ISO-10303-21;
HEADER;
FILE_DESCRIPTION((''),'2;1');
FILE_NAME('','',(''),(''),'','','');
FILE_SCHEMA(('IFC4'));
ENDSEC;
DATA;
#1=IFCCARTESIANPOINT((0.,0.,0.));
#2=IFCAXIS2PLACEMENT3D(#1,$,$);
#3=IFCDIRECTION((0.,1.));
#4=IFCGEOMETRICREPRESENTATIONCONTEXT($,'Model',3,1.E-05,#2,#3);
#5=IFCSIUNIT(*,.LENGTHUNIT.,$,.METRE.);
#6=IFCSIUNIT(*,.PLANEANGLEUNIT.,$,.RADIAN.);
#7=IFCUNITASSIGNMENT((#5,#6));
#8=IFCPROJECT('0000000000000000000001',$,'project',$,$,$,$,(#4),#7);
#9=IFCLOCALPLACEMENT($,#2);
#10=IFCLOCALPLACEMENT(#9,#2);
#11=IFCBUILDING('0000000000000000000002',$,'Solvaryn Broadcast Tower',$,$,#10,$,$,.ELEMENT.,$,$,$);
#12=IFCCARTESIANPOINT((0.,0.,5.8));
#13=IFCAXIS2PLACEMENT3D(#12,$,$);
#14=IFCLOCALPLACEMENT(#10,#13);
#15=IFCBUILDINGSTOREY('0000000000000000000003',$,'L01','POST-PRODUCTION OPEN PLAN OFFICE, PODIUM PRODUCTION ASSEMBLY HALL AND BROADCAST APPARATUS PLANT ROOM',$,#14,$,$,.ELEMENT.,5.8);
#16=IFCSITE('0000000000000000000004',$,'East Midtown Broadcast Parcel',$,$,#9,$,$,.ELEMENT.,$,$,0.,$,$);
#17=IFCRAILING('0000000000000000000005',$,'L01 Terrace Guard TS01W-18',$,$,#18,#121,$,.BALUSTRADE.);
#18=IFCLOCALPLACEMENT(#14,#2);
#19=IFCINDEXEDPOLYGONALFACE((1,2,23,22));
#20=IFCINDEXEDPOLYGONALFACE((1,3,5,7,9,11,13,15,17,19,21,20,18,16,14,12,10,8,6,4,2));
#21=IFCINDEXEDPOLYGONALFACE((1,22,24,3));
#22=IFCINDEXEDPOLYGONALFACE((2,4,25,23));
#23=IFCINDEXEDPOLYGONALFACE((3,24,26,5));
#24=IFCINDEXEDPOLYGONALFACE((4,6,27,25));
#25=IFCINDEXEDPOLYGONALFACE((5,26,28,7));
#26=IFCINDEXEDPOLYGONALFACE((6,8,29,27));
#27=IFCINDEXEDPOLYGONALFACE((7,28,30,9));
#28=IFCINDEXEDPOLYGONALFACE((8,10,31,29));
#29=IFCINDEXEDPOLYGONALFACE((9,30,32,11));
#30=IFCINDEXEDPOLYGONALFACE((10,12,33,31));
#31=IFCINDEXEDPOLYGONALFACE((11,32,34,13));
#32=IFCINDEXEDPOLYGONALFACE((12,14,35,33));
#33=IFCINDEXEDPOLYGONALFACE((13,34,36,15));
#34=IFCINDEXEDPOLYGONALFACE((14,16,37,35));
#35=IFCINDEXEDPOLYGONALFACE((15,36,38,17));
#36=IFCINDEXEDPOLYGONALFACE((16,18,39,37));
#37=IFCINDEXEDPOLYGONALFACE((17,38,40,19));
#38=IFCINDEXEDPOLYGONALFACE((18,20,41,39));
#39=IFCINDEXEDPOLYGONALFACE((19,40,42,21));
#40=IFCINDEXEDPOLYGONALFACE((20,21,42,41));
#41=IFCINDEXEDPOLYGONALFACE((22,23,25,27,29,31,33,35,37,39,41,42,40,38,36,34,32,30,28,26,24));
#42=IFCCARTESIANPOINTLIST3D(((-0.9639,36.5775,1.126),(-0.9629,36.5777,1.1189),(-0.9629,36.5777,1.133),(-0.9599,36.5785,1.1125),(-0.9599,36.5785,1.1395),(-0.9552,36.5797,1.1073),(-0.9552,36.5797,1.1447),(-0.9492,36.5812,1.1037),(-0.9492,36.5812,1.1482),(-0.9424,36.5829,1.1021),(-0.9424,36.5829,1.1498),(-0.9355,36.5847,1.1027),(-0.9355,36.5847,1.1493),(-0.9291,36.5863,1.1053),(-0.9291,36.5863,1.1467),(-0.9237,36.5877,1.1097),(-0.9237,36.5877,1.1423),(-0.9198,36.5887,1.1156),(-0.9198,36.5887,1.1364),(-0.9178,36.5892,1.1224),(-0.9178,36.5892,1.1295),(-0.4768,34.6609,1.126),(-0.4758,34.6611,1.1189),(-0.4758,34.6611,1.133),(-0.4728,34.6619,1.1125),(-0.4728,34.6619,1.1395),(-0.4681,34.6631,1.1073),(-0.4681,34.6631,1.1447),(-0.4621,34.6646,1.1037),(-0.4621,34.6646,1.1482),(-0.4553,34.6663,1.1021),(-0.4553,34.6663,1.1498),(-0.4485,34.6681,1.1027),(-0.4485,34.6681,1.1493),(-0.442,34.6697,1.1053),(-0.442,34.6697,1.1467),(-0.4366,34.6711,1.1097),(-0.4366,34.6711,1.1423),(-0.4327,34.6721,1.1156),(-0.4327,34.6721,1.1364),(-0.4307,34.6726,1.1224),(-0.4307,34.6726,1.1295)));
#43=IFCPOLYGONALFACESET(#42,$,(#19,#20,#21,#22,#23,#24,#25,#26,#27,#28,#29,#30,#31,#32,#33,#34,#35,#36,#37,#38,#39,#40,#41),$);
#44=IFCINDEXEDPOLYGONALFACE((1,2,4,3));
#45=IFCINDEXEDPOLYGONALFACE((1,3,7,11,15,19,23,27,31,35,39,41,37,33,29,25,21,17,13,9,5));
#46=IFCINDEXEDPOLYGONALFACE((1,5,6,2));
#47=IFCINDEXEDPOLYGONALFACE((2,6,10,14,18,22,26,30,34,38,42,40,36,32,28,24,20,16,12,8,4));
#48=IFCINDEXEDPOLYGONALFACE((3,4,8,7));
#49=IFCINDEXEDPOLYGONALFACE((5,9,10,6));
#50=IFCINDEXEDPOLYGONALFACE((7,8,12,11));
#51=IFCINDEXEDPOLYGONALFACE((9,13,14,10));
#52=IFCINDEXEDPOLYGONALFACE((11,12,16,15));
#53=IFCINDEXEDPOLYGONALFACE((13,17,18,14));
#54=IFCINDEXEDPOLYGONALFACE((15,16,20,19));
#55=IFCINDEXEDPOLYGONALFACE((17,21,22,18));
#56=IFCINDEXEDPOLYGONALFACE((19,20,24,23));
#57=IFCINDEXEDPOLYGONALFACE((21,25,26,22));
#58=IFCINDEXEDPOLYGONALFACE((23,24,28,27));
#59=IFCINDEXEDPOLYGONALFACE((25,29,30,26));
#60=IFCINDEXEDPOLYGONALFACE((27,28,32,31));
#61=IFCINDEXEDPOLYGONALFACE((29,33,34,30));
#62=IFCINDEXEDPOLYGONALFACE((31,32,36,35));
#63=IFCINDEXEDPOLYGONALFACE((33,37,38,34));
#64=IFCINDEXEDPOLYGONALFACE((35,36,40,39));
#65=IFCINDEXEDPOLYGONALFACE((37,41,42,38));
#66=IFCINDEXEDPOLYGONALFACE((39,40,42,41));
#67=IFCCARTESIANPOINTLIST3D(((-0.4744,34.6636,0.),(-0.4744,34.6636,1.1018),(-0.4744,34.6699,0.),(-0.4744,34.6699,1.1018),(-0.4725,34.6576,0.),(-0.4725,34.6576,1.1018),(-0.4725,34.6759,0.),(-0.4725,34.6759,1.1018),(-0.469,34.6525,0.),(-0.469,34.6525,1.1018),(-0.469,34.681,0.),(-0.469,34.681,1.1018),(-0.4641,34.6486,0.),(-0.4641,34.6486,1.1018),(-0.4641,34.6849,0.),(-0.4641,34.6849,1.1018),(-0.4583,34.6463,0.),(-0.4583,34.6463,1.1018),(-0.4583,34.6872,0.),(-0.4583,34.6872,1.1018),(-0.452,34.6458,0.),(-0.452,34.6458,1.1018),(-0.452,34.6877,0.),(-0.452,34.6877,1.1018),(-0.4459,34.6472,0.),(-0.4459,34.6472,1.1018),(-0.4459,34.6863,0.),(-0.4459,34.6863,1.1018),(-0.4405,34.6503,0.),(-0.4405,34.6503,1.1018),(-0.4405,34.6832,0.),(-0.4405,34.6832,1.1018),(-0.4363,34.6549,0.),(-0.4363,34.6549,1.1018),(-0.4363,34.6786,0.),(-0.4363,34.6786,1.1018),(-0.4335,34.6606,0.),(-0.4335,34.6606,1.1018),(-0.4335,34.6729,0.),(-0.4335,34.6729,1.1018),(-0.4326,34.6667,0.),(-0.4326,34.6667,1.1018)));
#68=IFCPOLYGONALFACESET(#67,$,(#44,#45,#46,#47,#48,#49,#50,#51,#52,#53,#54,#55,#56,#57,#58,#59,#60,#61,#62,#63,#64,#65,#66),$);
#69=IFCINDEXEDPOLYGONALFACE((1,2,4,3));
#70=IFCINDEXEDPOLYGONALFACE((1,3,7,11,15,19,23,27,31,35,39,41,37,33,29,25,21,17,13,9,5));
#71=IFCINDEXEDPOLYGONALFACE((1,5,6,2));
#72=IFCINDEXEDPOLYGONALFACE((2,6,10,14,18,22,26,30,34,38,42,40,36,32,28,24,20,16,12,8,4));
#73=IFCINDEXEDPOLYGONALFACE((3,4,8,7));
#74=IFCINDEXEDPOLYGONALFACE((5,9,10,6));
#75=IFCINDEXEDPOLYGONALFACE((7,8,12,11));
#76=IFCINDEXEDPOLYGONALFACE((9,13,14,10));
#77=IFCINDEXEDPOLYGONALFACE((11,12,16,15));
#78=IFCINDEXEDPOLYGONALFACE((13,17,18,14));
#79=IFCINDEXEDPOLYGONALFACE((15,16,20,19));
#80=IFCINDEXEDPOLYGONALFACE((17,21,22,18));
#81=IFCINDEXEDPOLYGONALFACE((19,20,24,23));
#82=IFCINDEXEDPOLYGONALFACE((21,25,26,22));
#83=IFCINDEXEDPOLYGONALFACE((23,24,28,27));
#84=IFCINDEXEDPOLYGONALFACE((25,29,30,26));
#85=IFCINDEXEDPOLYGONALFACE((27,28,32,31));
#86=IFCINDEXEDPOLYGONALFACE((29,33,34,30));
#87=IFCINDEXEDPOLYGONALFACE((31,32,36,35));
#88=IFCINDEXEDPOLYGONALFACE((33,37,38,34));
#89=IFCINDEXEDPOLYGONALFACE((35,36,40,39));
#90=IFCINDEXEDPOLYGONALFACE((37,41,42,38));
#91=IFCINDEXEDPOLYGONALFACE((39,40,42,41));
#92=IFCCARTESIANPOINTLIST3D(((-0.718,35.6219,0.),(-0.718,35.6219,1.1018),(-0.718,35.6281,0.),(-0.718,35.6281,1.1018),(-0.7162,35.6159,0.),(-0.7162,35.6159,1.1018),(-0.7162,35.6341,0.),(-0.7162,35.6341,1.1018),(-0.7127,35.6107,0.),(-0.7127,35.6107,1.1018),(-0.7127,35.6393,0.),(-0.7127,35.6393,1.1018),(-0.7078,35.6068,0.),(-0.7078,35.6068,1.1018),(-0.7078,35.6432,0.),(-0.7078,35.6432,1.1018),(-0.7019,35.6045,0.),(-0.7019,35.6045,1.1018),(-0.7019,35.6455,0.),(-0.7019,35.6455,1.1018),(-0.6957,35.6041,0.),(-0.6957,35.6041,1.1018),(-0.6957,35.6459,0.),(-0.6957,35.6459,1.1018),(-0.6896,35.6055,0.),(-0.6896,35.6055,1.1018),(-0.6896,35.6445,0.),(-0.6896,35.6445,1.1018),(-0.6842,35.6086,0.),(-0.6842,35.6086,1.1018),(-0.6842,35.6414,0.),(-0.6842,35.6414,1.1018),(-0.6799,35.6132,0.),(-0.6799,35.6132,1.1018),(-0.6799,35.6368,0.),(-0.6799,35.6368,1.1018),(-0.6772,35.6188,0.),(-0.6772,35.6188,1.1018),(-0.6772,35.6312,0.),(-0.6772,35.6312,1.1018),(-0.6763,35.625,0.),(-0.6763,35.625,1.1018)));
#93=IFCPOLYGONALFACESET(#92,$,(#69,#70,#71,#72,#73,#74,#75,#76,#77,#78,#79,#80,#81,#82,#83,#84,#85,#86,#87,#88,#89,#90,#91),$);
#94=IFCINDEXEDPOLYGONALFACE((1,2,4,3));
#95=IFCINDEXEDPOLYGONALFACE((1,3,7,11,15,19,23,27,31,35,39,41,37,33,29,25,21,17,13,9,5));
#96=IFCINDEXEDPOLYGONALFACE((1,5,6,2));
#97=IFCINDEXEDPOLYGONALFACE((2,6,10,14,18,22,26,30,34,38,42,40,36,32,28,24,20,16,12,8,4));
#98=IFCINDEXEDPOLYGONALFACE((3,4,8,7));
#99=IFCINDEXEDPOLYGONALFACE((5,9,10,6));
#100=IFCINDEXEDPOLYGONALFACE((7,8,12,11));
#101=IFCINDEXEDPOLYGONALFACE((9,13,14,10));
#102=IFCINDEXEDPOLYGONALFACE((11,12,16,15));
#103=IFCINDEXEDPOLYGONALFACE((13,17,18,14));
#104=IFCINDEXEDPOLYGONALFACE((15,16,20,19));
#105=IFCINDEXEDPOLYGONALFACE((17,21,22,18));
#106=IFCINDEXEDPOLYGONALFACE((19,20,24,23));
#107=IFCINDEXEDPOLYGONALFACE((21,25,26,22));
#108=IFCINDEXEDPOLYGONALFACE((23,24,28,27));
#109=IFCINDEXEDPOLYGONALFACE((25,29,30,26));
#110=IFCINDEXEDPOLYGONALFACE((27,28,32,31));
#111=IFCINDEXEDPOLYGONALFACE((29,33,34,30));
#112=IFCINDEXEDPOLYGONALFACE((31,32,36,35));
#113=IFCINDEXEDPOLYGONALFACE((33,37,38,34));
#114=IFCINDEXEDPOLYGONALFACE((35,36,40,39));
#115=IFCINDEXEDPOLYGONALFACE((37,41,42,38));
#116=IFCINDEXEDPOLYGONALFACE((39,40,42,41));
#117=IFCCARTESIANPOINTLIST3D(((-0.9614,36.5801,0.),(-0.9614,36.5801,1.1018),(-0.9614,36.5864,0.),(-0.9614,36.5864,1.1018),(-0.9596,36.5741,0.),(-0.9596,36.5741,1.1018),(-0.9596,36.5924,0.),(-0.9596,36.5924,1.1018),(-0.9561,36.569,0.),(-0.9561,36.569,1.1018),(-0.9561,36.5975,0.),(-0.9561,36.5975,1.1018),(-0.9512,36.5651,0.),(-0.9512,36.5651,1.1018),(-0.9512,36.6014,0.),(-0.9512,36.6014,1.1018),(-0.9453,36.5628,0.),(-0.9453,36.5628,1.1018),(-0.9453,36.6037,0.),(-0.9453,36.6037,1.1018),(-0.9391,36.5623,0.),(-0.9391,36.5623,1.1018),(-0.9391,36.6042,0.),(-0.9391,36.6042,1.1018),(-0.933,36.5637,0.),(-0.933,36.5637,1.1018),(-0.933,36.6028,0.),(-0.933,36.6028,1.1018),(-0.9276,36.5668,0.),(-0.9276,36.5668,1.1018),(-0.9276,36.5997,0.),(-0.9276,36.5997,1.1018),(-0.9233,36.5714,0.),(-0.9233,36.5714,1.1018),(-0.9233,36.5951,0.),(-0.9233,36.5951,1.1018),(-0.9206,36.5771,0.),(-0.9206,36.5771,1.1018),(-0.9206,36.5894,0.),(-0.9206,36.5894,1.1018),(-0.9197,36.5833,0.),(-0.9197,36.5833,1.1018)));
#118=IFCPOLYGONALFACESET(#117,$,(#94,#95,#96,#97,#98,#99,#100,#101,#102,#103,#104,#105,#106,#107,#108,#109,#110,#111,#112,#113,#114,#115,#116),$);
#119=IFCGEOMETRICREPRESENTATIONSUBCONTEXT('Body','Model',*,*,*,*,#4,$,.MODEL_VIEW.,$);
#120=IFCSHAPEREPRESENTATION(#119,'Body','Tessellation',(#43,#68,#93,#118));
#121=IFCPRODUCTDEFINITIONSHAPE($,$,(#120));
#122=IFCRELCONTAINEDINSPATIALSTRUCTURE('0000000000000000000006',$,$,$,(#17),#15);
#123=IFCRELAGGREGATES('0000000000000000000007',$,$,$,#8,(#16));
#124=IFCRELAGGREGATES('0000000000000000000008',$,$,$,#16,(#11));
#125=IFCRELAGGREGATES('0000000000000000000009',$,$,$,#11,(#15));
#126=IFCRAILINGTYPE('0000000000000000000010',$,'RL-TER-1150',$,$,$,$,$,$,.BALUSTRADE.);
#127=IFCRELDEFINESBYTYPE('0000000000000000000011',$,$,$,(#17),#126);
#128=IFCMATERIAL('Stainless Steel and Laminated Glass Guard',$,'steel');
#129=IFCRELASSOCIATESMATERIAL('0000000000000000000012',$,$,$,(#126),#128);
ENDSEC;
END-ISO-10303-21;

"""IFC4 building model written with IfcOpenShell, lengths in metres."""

from ifc_helpers import new_model, si_unit, direction, frame, origin, origin_2d, place, context, subcontext, project, spatial, circle, extrude, material, type_object, element, save


model = new_model("IFC4")

# Units and contexts
model_context = context("Model", 3, precision=1e-05, world=origin(), true_north=direction((0.0, 1.0)))
body_context = subcontext(model_context, "Body", "Model", "MODEL_VIEW")
ifc_project = project(units=[si_unit("LENGTHUNIT", "METRE"), si_unit("PLANEANGLEUNIT", "RADIAN")], contexts=[model_context])

# Site, building, storey
site_placement = place(None, origin())
site = spatial("IfcSite", under=ifc_project, at=site_placement, Name="East Midtown Broadcast Parcel", CompositionType="ELEMENT", RefElevation=0.0)
building_placement = place(site_placement, origin())
building = spatial("IfcBuilding", under=site, at=building_placement, Name="Solvaryn Broadcast Tower", CompositionType="ELEMENT")
storey_placement = place(building_placement, frame((0.0, 0.0, 5.8)))
storey = spatial("IfcBuildingStorey", under=building, at=storey_placement, Name="L01", Description="POST-PRODUCTION OPEN PLAN OFFICE, PODIUM PRODUCTION ASSEMBLY HALL AND BROADCAST APPARATUS PLANT ROOM", CompositionType="ELEMENT", Elevation=5.8)

# Railing
ifc_material_1 = material(Name="Stainless Steel and Laminated Glass Guard", Category="steel")
railing_type_1 = type_object("IfcRailingType", Name="RL-TER-1150", PredefinedType="BALUSTRADE", material=ifc_material_1)
railing_1_placement = place(storey_placement, frame((-0.4536, 34.6667, 0.0)))
element("IfcRailing", 1, at=railing_1_placement, inside=storey, type_object=railing_type_1, Name="L01 Terrace Guard TS01W-18", PredefinedType="BALUSTRADE", context=body_context, shape_type="SweptSolid", body=[
    extrude(circle(Radius=0.0239, at=origin_2d()), frame((0.0, 0.0, 1.126), z_axis=(-0.24631, 0.969191, 0.0), x_axis=(-0.969191, -0.24631, 0.0)), (0.0, 0.0, 1.0), 1.9775),
    extrude(circle(Radius=0.021, at=origin_2d()), origin(), (0.0, 0.0, 1.0), 1.1018),
    extrude(circle(Radius=0.021, at=origin_2d()), frame((-0.2437, 0.9583, 0.0)), (0.0, 0.0, 1.0), 1.1018),
    extrude(circle(Radius=0.021, at=origin_2d()), frame((-0.4871, 1.9165, 0.0)), (0.0, 0.0, 1.0), 1.1018),
])

save(model, "model.ifc")
